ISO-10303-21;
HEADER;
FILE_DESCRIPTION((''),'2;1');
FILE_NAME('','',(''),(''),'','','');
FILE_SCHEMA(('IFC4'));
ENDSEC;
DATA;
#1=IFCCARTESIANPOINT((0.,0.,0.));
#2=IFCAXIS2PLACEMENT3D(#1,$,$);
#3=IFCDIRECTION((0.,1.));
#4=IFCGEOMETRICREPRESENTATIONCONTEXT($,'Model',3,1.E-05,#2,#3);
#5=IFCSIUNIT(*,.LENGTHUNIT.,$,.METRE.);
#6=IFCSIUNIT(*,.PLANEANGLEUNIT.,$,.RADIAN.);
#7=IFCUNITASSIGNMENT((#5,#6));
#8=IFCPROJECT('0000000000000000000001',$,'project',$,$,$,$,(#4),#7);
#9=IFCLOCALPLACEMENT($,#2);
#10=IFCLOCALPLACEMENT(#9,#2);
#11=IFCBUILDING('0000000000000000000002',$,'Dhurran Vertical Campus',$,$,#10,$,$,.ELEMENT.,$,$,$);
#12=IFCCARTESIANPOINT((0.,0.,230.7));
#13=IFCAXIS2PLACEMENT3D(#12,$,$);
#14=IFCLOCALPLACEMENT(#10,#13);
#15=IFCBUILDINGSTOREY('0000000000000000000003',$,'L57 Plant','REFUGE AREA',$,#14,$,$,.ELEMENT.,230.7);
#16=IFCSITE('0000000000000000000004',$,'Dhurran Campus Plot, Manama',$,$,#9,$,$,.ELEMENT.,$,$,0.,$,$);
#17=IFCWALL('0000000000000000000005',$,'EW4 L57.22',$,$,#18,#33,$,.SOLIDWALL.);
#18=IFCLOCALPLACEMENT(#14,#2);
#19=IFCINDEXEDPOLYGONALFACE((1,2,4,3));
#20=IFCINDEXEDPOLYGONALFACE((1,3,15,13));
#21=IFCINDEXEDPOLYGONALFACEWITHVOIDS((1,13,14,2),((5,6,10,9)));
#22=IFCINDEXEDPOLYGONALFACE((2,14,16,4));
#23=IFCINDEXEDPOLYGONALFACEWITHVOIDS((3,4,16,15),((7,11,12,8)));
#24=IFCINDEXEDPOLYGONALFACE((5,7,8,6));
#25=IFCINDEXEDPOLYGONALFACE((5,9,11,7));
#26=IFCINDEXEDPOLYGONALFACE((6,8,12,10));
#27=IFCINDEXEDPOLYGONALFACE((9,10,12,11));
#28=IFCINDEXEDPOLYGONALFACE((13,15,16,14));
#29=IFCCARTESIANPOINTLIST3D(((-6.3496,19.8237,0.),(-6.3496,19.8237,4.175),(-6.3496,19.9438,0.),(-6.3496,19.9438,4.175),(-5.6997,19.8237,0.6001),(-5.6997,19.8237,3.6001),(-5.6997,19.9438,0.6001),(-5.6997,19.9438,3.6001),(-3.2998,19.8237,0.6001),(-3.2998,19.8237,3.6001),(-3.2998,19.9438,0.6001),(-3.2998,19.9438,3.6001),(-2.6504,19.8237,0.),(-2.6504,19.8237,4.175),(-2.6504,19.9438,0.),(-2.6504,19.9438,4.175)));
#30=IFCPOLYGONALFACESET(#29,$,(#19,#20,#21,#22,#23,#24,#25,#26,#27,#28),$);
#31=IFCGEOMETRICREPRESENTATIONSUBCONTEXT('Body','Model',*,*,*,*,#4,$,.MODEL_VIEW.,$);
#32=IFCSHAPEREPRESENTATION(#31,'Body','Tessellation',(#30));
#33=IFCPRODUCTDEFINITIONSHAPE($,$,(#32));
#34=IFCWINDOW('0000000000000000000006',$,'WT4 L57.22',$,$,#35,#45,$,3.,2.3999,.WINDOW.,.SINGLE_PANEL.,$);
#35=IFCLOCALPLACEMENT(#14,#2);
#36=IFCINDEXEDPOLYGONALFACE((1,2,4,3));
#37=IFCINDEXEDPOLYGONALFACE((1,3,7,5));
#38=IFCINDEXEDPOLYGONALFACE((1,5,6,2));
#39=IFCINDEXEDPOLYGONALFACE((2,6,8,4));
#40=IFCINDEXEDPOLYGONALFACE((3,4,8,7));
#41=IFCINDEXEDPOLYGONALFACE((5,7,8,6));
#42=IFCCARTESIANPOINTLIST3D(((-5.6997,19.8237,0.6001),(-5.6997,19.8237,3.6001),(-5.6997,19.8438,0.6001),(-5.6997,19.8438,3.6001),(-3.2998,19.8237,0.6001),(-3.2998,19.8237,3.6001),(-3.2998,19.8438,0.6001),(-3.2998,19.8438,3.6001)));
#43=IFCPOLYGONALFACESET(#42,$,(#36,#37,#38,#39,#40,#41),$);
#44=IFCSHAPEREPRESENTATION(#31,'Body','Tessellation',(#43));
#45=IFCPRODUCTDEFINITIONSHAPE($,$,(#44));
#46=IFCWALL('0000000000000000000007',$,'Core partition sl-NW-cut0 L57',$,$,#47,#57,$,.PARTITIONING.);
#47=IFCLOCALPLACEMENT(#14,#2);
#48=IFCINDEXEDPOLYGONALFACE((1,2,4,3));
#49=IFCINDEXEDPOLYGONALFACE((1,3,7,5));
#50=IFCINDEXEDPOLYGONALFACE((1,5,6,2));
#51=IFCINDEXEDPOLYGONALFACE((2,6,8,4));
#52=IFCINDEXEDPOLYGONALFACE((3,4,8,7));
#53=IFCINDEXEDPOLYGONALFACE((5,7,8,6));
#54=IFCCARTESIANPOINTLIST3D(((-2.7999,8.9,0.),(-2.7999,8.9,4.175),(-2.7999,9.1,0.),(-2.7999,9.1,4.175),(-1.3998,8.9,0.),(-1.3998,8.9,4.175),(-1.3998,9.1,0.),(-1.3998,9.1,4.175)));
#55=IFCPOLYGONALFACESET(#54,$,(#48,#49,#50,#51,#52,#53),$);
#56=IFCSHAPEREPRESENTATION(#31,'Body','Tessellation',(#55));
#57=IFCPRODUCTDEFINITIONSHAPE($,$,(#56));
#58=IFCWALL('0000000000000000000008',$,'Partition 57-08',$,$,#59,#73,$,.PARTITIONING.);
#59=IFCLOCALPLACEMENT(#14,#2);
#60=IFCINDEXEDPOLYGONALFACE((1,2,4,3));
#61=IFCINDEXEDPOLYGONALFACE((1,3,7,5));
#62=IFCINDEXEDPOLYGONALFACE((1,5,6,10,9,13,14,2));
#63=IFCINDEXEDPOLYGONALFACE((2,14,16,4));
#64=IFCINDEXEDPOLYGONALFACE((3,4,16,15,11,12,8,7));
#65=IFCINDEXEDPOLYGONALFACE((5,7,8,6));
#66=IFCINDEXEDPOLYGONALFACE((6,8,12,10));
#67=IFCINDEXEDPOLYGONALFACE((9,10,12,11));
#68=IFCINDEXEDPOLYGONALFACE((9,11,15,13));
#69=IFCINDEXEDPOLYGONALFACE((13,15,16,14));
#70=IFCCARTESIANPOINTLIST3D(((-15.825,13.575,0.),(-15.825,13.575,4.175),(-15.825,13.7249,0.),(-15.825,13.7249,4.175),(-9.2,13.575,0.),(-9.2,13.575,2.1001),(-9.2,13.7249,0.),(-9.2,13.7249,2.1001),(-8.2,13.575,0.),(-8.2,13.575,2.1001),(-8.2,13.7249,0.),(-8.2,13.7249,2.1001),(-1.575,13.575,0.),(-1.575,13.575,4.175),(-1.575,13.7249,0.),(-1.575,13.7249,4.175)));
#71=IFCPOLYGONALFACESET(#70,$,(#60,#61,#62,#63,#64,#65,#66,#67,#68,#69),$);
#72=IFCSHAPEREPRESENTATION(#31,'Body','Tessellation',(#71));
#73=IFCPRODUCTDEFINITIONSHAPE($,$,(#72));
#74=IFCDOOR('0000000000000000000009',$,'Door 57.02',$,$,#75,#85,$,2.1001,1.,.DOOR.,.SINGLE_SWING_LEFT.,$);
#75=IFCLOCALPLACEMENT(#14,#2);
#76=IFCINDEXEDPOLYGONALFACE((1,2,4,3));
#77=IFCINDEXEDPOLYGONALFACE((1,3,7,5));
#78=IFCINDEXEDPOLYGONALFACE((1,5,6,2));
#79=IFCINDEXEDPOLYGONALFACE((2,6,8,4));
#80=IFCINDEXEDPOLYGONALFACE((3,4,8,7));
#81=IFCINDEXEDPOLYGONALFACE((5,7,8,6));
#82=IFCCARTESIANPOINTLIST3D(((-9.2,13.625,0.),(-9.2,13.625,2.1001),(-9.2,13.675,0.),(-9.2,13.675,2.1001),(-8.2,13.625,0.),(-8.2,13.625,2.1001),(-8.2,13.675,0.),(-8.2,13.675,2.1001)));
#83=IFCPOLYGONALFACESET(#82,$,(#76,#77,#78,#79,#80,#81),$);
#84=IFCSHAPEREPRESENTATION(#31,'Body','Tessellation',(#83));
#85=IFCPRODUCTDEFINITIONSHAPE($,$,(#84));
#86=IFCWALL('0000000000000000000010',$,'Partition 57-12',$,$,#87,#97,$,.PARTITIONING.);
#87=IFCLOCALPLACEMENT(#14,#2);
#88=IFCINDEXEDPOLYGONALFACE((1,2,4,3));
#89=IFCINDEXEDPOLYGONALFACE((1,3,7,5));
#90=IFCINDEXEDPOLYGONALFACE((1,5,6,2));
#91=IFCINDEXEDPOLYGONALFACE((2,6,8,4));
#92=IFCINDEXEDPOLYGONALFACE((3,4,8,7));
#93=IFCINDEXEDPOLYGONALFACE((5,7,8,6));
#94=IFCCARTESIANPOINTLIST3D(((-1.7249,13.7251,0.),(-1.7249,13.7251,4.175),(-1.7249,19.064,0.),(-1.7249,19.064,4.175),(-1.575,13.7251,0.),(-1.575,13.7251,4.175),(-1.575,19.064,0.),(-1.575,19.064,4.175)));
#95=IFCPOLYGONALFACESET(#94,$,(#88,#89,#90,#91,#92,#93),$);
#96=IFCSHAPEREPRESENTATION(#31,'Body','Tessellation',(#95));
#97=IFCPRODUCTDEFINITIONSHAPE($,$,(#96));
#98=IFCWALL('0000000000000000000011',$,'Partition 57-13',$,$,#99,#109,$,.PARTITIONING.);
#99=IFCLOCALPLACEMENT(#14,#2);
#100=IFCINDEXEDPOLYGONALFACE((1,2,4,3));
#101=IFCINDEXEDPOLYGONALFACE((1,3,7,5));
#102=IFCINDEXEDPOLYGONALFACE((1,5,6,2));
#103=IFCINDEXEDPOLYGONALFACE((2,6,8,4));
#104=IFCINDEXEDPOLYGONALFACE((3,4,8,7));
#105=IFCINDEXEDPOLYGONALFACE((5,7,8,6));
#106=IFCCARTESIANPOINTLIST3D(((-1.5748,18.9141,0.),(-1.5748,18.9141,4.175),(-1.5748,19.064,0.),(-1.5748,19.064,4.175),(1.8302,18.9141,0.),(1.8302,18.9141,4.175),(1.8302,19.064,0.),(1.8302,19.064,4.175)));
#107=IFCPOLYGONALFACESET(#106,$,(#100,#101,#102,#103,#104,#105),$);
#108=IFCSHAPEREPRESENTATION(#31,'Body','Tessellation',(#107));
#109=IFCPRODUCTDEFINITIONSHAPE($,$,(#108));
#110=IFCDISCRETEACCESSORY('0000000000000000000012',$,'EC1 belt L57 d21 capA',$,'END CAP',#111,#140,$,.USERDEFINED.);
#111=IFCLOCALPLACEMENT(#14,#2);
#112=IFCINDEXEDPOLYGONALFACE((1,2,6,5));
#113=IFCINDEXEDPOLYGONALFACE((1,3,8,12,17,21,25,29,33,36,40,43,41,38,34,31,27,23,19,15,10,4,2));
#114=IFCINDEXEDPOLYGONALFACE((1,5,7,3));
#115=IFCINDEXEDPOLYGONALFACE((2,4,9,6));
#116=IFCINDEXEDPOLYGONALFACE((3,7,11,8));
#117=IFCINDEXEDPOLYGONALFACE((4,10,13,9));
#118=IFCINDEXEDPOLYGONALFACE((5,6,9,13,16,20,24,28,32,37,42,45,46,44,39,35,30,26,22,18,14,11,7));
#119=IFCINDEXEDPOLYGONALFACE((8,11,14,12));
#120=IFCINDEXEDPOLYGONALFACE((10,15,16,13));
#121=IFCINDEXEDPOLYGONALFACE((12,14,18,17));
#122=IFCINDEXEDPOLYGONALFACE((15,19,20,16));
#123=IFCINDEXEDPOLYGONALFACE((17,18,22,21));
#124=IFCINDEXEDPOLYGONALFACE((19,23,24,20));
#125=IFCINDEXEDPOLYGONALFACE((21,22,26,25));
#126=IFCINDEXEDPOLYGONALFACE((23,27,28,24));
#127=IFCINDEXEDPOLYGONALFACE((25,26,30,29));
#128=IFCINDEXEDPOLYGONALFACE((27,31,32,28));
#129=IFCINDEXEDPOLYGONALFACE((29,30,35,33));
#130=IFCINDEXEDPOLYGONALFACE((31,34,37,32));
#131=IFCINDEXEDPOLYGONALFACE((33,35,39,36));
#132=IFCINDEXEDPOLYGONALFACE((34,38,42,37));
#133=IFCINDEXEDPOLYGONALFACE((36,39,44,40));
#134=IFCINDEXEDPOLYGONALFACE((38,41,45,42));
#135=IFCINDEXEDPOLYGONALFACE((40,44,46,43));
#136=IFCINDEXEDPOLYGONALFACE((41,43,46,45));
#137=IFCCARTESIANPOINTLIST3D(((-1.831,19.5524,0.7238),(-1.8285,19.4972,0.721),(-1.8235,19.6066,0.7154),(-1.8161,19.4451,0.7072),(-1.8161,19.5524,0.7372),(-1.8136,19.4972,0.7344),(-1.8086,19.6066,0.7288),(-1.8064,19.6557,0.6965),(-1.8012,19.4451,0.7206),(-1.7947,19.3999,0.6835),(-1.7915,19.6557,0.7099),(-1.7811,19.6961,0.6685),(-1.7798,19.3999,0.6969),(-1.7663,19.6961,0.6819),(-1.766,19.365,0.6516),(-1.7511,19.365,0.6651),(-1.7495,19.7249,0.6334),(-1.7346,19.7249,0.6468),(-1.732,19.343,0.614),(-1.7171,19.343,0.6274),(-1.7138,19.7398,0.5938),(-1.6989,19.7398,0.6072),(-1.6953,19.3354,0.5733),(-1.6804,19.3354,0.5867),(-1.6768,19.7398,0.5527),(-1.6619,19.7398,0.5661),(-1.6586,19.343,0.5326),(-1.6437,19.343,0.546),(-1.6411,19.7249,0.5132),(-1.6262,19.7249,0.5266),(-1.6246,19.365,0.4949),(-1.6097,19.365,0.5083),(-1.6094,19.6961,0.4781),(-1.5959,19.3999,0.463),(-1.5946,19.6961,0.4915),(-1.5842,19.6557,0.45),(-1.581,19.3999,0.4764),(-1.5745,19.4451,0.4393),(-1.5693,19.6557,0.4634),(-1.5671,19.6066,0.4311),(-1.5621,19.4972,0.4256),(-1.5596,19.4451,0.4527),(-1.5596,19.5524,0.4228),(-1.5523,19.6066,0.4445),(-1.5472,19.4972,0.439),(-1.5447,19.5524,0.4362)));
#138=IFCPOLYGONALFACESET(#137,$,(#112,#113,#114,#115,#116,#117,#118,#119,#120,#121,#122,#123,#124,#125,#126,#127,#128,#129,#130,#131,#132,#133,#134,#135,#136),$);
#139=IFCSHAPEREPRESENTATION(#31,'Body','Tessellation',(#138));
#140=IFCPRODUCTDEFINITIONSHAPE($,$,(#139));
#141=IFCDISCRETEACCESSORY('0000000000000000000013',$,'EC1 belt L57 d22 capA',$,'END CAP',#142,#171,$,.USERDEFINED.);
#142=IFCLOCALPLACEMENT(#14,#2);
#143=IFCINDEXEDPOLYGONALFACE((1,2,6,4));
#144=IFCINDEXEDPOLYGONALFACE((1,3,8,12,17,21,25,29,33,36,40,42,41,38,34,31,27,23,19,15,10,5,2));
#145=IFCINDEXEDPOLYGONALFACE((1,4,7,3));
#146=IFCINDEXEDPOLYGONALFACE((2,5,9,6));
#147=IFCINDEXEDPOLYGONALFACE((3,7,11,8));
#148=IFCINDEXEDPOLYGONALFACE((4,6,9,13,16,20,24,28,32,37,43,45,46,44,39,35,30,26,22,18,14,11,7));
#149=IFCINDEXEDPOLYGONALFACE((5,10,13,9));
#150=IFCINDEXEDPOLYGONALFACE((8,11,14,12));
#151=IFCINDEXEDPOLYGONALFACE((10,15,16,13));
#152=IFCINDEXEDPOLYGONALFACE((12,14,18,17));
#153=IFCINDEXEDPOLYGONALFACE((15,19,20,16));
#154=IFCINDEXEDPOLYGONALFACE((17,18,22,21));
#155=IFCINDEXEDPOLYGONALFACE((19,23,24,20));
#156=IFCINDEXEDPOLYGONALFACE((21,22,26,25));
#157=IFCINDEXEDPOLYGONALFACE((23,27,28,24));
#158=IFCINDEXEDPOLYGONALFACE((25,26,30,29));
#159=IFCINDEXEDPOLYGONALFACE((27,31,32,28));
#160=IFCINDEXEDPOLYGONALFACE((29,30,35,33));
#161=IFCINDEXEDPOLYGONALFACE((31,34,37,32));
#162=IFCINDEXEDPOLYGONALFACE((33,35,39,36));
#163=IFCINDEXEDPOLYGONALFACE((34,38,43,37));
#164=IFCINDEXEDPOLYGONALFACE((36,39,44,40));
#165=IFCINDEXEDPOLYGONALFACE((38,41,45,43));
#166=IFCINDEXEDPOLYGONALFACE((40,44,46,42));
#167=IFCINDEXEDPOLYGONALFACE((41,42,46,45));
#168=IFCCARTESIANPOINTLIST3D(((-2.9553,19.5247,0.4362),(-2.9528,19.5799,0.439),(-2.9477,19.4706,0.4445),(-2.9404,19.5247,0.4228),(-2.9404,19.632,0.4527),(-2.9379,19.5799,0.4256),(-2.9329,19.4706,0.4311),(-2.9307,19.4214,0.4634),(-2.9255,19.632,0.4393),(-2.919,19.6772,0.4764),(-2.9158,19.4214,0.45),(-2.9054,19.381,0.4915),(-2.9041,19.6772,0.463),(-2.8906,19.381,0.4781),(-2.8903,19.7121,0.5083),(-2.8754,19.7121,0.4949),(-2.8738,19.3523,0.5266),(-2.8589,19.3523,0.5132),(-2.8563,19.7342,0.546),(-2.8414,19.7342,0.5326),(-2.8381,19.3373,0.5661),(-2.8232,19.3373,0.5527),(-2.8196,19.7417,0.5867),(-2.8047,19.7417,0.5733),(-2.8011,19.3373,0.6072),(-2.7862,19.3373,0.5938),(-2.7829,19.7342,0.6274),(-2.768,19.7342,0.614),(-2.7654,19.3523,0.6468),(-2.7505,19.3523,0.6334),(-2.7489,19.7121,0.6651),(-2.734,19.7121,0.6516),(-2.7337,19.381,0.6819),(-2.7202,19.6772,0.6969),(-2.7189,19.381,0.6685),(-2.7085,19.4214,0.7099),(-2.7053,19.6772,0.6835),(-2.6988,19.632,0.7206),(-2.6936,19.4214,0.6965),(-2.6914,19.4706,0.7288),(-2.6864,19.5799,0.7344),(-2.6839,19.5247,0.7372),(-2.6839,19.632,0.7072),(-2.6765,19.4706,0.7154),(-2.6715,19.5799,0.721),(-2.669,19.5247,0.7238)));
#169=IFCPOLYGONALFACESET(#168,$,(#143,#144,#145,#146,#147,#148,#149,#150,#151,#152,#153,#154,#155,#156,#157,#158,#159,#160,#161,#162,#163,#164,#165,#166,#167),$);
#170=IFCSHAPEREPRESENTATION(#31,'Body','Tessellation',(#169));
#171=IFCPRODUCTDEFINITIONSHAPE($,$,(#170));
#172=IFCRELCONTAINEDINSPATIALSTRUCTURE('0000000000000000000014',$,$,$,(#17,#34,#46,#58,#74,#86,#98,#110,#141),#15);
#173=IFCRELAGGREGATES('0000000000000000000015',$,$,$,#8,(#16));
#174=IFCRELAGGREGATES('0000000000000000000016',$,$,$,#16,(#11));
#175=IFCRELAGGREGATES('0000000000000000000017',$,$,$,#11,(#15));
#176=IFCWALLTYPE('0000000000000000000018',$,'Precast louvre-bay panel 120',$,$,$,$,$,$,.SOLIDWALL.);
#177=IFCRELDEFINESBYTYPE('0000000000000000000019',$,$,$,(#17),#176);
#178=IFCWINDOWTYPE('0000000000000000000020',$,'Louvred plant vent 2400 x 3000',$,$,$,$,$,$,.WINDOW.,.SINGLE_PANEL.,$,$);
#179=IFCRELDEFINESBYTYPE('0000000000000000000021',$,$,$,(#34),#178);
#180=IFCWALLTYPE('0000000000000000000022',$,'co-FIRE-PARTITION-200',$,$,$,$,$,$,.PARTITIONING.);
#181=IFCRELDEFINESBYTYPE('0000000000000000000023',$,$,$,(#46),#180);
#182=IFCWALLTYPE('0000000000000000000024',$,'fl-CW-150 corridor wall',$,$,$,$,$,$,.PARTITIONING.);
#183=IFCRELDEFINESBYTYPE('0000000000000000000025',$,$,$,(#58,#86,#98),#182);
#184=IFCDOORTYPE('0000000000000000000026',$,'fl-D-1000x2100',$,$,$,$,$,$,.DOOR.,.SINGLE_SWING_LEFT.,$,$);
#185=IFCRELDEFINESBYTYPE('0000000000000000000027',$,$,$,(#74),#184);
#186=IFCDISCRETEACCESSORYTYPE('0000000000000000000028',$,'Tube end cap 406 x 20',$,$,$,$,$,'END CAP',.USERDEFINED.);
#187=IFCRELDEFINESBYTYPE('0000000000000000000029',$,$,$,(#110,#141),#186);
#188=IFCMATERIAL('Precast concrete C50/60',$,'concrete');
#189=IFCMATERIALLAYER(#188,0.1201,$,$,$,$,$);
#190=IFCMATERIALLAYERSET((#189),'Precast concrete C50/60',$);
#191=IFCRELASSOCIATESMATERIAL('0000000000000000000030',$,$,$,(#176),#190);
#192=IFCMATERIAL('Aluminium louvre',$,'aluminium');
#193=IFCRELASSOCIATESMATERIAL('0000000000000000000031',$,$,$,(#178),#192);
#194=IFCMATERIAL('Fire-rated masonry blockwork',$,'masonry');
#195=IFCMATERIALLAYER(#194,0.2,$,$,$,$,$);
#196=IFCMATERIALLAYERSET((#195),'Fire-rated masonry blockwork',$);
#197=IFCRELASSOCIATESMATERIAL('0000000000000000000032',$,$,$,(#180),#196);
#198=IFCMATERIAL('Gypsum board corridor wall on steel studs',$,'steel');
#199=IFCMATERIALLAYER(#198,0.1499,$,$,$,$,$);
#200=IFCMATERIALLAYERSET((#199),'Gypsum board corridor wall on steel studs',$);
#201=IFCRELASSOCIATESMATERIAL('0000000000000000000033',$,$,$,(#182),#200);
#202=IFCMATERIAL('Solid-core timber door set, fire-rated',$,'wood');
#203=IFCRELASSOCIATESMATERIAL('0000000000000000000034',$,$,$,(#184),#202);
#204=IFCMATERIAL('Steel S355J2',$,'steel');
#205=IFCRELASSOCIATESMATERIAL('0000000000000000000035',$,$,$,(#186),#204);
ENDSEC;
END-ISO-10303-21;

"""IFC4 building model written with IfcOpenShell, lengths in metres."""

from ifc_helpers import new_model, si_unit, direction, frame, frame_2d, origin, origin_2d, place, context, subcontext, project, spatial, rectangle, circle, extrude, material, layer, layer_set, material_profile, profile_set, type_object, element, fill, save


model = new_model("IFC4")

# Units and contexts
model_context = context("Model", 3, precision=1e-05, world=origin(), true_north=direction((0.0, 1.0)))
body_context = subcontext(model_context, "Body", "Model", "MODEL_VIEW")
ifc_project = project(units=[si_unit("LENGTHUNIT", "METRE"), si_unit("PLANEANGLEUNIT", "RADIAN")], contexts=[model_context])

# Site, building, storey
site_placement = place(None, origin())
site = spatial("IfcSite", under=ifc_project, at=site_placement, Name="Dhurran Campus Plot, Manama", CompositionType="ELEMENT", RefElevation=0.0)
building_placement = place(site_placement, origin())
building = spatial("IfcBuilding", under=site, at=building_placement, Name="Dhurran Vertical Campus", CompositionType="ELEMENT")
storey_placement = place(building_placement, frame((0.0, 0.0, 230.7)))
storey = spatial("IfcBuildingStorey", under=building, at=storey_placement, Name="L57 Plant", Description="REFUGE AREA", CompositionType="ELEMENT", Elevation=230.7)

# Wall, opening, window
ifc_material_1 = material(Name="Precast concrete C50/60", Category="concrete")
ifc_layer_1 = layer(ifc_material_1, 0.1201)
ifc_layer_set_1 = layer_set([ifc_layer_1], Name="Precast concrete C50/60")
wall_type_1 = type_object("IfcWallType", Name="Precast louvre-bay panel 120", PredefinedType="SOLIDWALL", material=ifc_layer_set_1)
wall_1_placement = place(storey_placement, frame((-2.6504, 19.8838, 0.0), z_axis=(0.0, 0.0, 1.0), x_axis=(-1.0, 0.0, 0.0)))
wall_1 = element("IfcWall", 1, at=wall_1_placement, inside=storey, type_object=wall_type_1, Name="EW4 L57.22", PredefinedType="SOLIDWALL", context=body_context, shape_type="SweptSolid", body=[
    extrude(rectangle(XDim=3.6992, YDim=0.1201, at=frame_2d((1.8496, 0.0))), origin(), (0.0, 0.0, 1.0), 4.175),
])
opening_1_placement = place(wall_1_placement, frame((0.6494, 0.0, 0.6001)))
opening_1 = element("IfcOpeningElement", 2, at=opening_1_placement, cuts=wall_1, PredefinedType="OPENING", context=body_context, shape_type="SweptSolid", body=[
    extrude(rectangle(XDim=2.3999, YDim=3.0, at=frame_2d((1.2, 1.5))), frame((0.0, 0.0701, 0.0), z_axis=(0.0, -1.0, 0.0), x_axis=(1.0, 0.0, 0.0)), (0.0, 0.0, 1.0), 0.1401),
])
ifc_material_2 = material(Name="Aluminium louvre", Category="aluminium")
window_type = type_object("IfcWindowType", Name="Louvred plant vent 2400 x 3000", PartitioningType="SINGLE_PANEL", PredefinedType="WINDOW", material=ifc_material_2)
window_placement = place(opening_1_placement, origin())
window = element("IfcWindow", 3, at=window_placement, inside=storey, type_object=window_type, Name="WT4 L57.22", OverallHeight=3.0, OverallWidth=2.3999, PartitioningType="SINGLE_PANEL", PredefinedType="WINDOW", context=body_context, shape_type="SweptSolid", body=[
    extrude(rectangle(XDim=2.3999, YDim=3.0, at=frame_2d((1.2, 1.5))), frame((0.0, 0.0601, 0.0), z_axis=(0.0, -1.0, 0.0), x_axis=(1.0, 0.0, 0.0)), (0.0, 0.0, 1.0), 0.02),
])
fill(opening_1, window)

# Wall
ifc_material_3 = material(Name="Fire-rated masonry blockwork", Category="masonry")
ifc_layer_2 = layer(ifc_material_3, 0.2)
ifc_layer_set_2 = layer_set([ifc_layer_2], Name="Fire-rated masonry blockwork")
wall_type_2 = type_object("IfcWallType", Name="co-FIRE-PARTITION-200", PredefinedType="PARTITIONING", material=ifc_layer_set_2)
wall_2_placement = place(storey_placement, frame((-2.8, 9.0, 0.0), z_axis=(0.0, 0.0, 1.0), x_axis=(1.0, 0.0, 0.0)))
element("IfcWall", 4, at=wall_2_placement, inside=storey, type_object=wall_type_2, Name="Core partition sl-NW-cut0 L57", PredefinedType="PARTITIONING", context=body_context, shape_type="SweptSolid", body=[
    extrude(rectangle(XDim=1.4001, YDim=0.2, at=frame_2d((0.7002, 0.0))), origin(), (0.0, 0.0, 1.0), 4.175),
])

# Wall, opening, door
ifc_material_4 = material(Name="Gypsum board corridor wall on steel studs", Category="steel")
ifc_layer_3 = layer(ifc_material_4, 0.1499)
ifc_layer_set_3 = layer_set([ifc_layer_3], Name="Gypsum board corridor wall on steel studs")
wall_type_3 = type_object("IfcWallType", Name="fl-CW-150 corridor wall", PredefinedType="PARTITIONING", material=ifc_layer_set_3)
wall_3_placement = place(storey_placement, frame((-1.575, 13.6499, 0.0), z_axis=(0.0, 0.0, 1.0), x_axis=(-1.0, 0.0, 0.0)))
wall_3 = element("IfcWall", 5, at=wall_3_placement, inside=storey, type_object=wall_type_3, Name="Partition 57-08", PredefinedType="PARTITIONING", context=body_context, shape_type="SweptSolid", body=[
    extrude(rectangle(XDim=14.25, YDim=0.1499, at=frame_2d((7.125, 0.0))), origin(), (0.0, 0.0, 1.0), 4.175),
])
opening_2_placement = place(wall_3_placement, frame((6.625, 0.0, 0.0)))
opening_2 = element("IfcOpeningElement", 6, at=opening_2_placement, cuts=wall_3, PredefinedType="OPENING", context=body_context, shape_type="SweptSolid", body=[
    extrude(rectangle(XDim=1.0, YDim=2.1001, at=frame_2d((0.5, 1.05))), frame((0.0, 0.085, 0.0), z_axis=(0.0, -1.0, 0.0), x_axis=(1.0, 0.0, 0.0)), (0.0, 0.0, 1.0), 0.1699),
])
ifc_material_5 = material(Name="Solid-core timber door set, fire-rated", Category="wood")
door_type = type_object("IfcDoorType", Name="fl-D-1000x2100", OperationType="SINGLE_SWING_LEFT", PredefinedType="DOOR", material=ifc_material_5)
door_placement = place(opening_2_placement, origin())
door = element("IfcDoor", 7, at=door_placement, inside=storey, type_object=door_type, Name="Door 57.02", OperationType="SINGLE_SWING_LEFT", OverallHeight=2.1001, OverallWidth=1.0, PredefinedType="DOOR", context=body_context, shape_type="SweptSolid", body=[
    extrude(rectangle(XDim=1.0, YDim=2.1001, at=frame_2d((0.5, 1.05))), frame((0.0, 0.0249, 0.0), z_axis=(0.0, -1.0, 0.0), x_axis=(1.0, 0.0, 0.0)), (0.0, 0.0, 1.0), 0.05),
])
fill(opening_2, door)

# Walls
wall_4_placement = place(storey_placement, frame((-1.6499, 13.7251, 0.0), z_axis=(0.0, 0.0, 1.0), x_axis=(0.0, 1.0, 0.0)))
element("IfcWall", 8, at=wall_4_placement, inside=storey, type_object=wall_type_3, Name="Partition 57-12", PredefinedType="PARTITIONING", context=body_context, shape_type="SweptSolid", body=[
    extrude(rectangle(XDim=5.3389, YDim=0.1499, at=frame_2d((2.6694, 0.0))), origin(), (0.0, 0.0, 1.0), 4.175),
])
wall_5_placement = place(storey_placement, frame((-1.575, 18.989, 0.0), z_axis=(0.0, 0.0, 1.0), x_axis=(1.0, 0.0, 0.0)))
element("IfcWall", 9, at=wall_5_placement, inside=storey, type_object=wall_type_3, Name="Partition 57-13", PredefinedType="PARTITIONING", context=body_context, shape_type="SweptSolid", body=[
    extrude(rectangle(XDim=3.405, YDim=0.1499, at=frame_2d((1.7026, 0.0))), origin(), (0.0, 0.0, 1.0), 4.175),
])

# Discrete accessories
ifc_material_6 = material(Name="Steel S355J2", Category="steel")
ifc_material_profile_1 = material_profile(ifc_material_6, circle(Radius=0.2031, at=origin_2d()), Name="Tube end cap 406 x 20")
ifc_profile_set_1 = profile_set([ifc_material_profile_1], Name="Steel S355J2")
discrete_accessory_type = type_object("IfcDiscreteAccessoryType", Name="Tube end cap 406 x 20", ElementType="END CAP", PredefinedType="USERDEFINED", material=ifc_profile_set_1)
for number, where, z_axis, x_axis, name in (
    (10, (-1.6804, 19.5386, 0.5867), (-0.742688, 0.0, -0.669637), (0.0, -1.0, 0.0), "EC1 belt L57 d21 capA"),
    (11, (-2.8196, 19.5386, 0.5867), (0.742688, 0.0, -0.669637), (0.0, 1.0, 0.0), "EC1 belt L57 d22 capA"),
):
    element("IfcDiscreteAccessory", number, at=place(storey_placement, frame(where, z_axis=z_axis, x_axis=x_axis)), inside=storey, type_object=discrete_accessory_type, Name=name, ObjectType="END CAP", PredefinedType="USERDEFINED", context=body_context, shape_type="SweptSolid", body=[
        extrude(circle(Radius=0.2031, at=origin_2d()), origin(), (0.0, 0.0, 1.0), 0.02),
    ])

save(model, "model.ifc")
